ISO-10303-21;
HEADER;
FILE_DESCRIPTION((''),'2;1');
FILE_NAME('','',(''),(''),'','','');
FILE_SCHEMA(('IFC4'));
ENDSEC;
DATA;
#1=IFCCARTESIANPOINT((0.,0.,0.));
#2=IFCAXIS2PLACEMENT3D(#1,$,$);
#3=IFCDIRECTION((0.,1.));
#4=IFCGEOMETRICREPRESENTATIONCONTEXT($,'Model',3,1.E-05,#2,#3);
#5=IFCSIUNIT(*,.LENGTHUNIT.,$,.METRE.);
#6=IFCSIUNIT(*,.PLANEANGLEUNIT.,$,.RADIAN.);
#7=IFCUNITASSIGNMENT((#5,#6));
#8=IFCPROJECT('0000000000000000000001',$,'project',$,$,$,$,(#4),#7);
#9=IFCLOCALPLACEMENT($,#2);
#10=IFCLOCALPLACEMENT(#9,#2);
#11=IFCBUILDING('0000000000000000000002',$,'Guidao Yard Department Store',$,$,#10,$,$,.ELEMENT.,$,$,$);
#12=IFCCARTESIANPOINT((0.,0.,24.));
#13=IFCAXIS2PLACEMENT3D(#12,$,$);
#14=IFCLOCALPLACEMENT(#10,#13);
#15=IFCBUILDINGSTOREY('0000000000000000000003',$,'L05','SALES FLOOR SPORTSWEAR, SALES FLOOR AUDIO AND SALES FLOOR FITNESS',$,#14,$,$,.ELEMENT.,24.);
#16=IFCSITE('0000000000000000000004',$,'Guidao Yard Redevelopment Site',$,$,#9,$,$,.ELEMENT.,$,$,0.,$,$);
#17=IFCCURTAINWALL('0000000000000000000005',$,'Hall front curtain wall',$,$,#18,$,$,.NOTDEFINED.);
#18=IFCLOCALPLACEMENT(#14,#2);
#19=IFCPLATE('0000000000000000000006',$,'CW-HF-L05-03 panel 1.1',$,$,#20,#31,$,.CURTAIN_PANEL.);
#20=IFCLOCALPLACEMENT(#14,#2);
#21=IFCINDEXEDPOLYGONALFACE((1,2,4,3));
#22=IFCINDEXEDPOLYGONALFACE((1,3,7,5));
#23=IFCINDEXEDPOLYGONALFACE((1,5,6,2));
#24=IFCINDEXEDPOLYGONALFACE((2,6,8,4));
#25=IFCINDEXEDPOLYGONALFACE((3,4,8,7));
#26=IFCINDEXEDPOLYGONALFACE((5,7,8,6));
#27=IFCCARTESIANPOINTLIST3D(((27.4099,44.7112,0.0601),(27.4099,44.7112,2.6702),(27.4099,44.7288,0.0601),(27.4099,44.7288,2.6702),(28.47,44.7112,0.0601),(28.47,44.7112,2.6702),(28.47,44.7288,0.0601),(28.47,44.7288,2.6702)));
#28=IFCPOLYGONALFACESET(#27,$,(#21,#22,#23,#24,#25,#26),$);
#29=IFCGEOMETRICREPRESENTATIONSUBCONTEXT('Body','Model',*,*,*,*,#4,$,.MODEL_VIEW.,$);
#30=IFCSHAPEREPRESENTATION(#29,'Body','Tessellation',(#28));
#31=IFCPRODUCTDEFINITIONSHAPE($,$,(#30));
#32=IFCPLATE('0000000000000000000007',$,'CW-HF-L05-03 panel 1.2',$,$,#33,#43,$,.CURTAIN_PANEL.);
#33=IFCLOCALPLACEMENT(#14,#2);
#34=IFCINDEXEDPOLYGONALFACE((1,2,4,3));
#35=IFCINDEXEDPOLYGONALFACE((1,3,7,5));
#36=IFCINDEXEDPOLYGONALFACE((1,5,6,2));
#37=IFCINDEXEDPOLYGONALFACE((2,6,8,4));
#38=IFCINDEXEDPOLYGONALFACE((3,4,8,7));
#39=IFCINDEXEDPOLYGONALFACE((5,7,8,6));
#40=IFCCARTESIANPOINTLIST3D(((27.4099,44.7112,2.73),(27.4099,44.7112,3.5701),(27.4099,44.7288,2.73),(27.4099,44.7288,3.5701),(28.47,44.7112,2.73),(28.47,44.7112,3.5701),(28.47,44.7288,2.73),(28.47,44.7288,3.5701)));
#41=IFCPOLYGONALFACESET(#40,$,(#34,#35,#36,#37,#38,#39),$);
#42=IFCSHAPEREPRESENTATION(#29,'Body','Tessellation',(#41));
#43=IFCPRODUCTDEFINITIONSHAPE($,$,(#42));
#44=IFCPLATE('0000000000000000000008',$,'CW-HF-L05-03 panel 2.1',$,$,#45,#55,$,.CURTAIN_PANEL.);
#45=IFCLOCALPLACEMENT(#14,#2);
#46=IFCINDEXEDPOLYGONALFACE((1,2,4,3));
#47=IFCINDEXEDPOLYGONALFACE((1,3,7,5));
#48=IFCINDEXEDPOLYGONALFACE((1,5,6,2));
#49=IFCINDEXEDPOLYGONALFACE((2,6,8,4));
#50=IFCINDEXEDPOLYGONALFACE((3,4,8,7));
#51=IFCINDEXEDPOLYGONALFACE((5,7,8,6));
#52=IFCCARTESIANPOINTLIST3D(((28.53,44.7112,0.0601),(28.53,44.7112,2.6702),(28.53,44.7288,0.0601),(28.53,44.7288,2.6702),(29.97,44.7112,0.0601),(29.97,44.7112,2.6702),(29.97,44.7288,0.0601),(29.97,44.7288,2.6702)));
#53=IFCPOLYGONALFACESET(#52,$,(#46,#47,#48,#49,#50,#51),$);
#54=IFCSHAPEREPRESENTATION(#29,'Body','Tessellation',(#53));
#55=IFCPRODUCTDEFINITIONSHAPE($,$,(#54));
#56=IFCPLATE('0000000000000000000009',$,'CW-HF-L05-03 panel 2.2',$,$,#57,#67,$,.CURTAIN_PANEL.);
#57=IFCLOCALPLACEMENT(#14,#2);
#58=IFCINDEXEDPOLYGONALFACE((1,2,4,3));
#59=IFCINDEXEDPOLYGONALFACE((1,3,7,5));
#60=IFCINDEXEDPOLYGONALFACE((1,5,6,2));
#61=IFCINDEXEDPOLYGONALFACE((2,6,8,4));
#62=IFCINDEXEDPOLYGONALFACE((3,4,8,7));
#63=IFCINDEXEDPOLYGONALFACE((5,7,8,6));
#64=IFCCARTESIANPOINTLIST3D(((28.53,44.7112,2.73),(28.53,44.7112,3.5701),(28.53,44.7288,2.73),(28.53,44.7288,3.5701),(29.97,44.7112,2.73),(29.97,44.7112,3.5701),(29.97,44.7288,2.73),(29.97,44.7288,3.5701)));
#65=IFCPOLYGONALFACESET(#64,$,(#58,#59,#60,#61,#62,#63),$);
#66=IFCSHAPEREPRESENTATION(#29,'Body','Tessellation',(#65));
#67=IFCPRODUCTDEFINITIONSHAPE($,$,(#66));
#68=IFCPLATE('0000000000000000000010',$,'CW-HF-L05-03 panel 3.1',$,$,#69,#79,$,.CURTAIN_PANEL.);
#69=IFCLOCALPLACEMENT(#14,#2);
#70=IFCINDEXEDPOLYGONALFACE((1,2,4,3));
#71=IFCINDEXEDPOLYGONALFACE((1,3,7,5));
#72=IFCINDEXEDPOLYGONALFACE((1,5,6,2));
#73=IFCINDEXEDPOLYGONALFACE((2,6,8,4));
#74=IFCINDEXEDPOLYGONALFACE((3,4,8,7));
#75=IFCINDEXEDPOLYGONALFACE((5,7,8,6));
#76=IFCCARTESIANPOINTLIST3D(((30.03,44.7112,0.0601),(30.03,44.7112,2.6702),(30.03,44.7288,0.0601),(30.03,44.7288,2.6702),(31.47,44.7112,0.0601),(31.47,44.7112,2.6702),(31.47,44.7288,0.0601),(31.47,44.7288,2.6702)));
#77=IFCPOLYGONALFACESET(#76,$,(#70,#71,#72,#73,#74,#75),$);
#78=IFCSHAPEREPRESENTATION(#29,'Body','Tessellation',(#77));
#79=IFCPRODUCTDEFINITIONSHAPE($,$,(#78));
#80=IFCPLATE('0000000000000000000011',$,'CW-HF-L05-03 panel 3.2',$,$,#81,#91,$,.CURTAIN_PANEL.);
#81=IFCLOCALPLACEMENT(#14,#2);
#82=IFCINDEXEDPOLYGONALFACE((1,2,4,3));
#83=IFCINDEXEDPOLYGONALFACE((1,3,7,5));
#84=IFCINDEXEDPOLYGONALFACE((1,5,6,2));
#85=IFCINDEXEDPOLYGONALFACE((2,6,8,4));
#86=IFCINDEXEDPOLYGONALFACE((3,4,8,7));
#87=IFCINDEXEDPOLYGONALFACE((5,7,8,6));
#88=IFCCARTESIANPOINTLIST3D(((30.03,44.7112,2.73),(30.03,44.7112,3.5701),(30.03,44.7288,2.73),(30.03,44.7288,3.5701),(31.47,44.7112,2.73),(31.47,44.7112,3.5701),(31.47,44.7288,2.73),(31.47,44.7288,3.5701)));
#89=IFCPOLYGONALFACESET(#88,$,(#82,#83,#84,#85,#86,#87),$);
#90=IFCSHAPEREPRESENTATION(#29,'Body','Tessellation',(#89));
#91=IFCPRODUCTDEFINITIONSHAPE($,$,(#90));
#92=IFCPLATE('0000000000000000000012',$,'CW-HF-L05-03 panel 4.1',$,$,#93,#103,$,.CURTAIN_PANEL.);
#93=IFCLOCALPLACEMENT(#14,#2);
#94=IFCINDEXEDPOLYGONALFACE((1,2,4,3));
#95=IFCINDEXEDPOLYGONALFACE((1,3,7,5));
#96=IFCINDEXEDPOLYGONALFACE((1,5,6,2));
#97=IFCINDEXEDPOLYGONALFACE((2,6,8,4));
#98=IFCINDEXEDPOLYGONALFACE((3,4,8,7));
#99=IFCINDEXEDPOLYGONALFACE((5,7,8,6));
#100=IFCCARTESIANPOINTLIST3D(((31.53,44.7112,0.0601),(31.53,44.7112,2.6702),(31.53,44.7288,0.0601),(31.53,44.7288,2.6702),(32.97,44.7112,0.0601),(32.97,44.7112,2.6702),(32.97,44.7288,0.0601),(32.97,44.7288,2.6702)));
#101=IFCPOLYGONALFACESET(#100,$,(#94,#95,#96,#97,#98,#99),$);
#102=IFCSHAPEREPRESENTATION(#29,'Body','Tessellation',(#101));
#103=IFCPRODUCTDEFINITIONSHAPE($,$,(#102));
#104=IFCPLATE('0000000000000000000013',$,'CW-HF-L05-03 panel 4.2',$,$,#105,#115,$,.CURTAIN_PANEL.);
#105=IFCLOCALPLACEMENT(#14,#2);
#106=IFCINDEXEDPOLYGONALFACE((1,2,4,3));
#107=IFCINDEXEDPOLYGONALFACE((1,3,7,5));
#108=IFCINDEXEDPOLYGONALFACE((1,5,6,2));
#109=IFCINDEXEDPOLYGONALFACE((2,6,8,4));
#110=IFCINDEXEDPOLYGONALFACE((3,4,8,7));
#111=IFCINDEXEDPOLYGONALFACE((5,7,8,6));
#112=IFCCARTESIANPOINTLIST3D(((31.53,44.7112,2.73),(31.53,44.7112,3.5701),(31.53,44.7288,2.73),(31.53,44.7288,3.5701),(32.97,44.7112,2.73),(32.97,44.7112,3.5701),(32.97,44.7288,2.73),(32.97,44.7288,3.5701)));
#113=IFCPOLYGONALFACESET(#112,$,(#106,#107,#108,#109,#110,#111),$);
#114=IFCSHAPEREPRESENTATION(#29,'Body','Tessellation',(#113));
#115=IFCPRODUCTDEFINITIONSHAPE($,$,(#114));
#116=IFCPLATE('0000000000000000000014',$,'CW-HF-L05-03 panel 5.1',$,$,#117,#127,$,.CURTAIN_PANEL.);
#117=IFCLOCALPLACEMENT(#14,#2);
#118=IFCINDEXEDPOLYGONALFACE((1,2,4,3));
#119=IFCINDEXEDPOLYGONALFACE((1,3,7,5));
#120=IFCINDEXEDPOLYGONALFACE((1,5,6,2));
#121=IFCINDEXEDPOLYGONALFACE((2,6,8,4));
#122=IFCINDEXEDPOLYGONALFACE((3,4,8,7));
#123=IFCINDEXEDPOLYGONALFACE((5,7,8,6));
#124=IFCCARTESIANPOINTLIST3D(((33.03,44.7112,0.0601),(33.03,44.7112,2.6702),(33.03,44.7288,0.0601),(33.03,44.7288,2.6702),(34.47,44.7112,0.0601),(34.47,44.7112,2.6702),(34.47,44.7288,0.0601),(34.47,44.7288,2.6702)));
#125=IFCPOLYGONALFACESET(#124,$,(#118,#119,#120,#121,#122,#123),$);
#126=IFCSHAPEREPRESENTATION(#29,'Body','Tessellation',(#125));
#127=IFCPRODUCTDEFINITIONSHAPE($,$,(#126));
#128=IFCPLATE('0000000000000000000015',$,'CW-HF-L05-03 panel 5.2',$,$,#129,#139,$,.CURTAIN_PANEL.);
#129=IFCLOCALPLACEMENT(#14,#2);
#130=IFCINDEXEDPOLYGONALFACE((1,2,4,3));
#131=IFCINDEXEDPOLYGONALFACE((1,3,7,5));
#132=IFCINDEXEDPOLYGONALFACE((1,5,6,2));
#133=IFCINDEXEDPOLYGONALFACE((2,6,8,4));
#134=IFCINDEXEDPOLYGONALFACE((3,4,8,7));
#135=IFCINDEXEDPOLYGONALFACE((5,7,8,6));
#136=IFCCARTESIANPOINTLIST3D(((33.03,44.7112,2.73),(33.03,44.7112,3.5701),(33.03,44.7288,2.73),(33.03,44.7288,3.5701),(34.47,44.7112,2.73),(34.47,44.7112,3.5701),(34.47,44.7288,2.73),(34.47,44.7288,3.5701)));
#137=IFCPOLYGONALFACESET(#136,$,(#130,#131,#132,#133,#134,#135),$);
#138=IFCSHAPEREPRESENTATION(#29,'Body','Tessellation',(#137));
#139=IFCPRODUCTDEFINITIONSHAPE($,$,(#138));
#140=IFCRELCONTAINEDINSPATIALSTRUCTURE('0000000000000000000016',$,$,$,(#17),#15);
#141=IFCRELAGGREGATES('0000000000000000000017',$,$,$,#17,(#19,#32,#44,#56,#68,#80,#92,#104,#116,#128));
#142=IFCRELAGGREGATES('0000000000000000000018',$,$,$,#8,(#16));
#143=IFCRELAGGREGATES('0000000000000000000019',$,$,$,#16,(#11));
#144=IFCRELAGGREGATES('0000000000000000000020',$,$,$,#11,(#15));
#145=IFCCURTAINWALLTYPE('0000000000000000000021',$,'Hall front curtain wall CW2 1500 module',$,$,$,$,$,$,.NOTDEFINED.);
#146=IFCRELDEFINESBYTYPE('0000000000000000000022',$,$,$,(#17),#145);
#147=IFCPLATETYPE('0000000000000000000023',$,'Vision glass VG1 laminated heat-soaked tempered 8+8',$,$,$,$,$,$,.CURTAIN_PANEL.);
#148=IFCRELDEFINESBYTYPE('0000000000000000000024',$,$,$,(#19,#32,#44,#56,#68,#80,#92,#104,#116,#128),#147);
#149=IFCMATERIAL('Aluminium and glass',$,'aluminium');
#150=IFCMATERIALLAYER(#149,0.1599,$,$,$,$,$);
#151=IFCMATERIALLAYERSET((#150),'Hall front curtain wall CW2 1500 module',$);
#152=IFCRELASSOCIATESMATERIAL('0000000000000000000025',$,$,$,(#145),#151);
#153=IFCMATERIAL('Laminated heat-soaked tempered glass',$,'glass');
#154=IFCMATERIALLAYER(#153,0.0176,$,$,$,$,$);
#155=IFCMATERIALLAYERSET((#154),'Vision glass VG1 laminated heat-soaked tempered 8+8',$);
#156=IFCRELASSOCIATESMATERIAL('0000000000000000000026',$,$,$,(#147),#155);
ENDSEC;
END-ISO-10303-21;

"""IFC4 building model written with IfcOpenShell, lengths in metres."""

from ifc_helpers import new_model, si_unit, direction, frame, origin, origin_2d, place, context, subcontext, project, spatial, rectangle, extrude, material, layer, layer_set, type_object, element, aggregate, save


model = new_model("IFC4")

# Units and contexts
model_context = context("Model", 3, precision=1e-05, world=origin(), true_north=direction((0.0, 1.0)))
body_context = subcontext(model_context, "Body", "Model", "MODEL_VIEW")
ifc_project = project(units=[si_unit("LENGTHUNIT", "METRE"), si_unit("PLANEANGLEUNIT", "RADIAN")], contexts=[model_context])

# Site, building, storey
site_placement = place(None, origin())
site = spatial("IfcSite", under=ifc_project, at=site_placement, Name="Guidao Yard Redevelopment Site", CompositionType="ELEMENT", RefElevation=0.0)
building_placement = place(site_placement, origin())
building = spatial("IfcBuilding", under=site, at=building_placement, Name="Guidao Yard Department Store", CompositionType="ELEMENT")
storey_placement = place(building_placement, frame((0.0, 0.0, 24.0)))
storey = spatial("IfcBuildingStorey", under=building, at=storey_placement, Name="L05", Description="SALES FLOOR SPORTSWEAR, SALES FLOOR AUDIO AND SALES FLOOR FITNESS", CompositionType="ELEMENT", Elevation=24.0)

# Curtain wall, plates
ifc_material_1 = material(Name="Aluminium and glass", Category="aluminium")
ifc_layer_1 = layer(ifc_material_1, 0.1599)
ifc_layer_set_1 = layer_set([ifc_layer_1], Name="Hall front curtain wall CW2 1500 module")
curtain_wall_type = type_object("IfcCurtainWallType", Name="Hall front curtain wall CW2 1500 module", PredefinedType="NOTDEFINED", material=ifc_layer_set_1)
curtain_wall_placement = place(storey_placement, origin())
curtain_wall = element("IfcCurtainWall", 1, at=curtain_wall_placement, inside=storey, type_object=curtain_wall_type, Name="Hall front curtain wall", PredefinedType="NOTDEFINED")
ifc_material_2 = material(Name="Laminated heat-soaked tempered glass", Category="glass")
ifc_layer_2 = layer(ifc_material_2, 0.0176)
ifc_layer_set_2 = layer_set([ifc_layer_2], Name="Vision glass VG1 laminated heat-soaked tempered 8+8")
plate_type_1 = type_object("IfcPlateType", Name="Vision glass VG1 laminated heat-soaked tempered 8+8", PredefinedType="CURTAIN_PANEL", material=ifc_layer_set_2)
plate_1_placement = place(storey_placement, frame((27.9399, 44.72, 0.0601), z_axis=(0.0, 0.0, 1.0), x_axis=(-1.0, 0.0, 0.0)))
plate_1 = element("IfcPlate", 2, at=plate_1_placement, type_object=plate_type_1, Name="CW-HF-L05-03 panel 1.1", PredefinedType="CURTAIN_PANEL", context=body_context, shape_type="SweptSolid", body=[
    extrude(rectangle(XDim=1.0601, YDim=0.0176, at=origin_2d()), origin(), (0.0, 0.0, 1.0), 2.6101),
])
plate_2_placement = place(storey_placement, frame((27.9399, 44.72, 2.73), z_axis=(0.0, 0.0, 1.0), x_axis=(-1.0, 0.0, 0.0)))
plate_2 = element("IfcPlate", 3, at=plate_2_placement, type_object=plate_type_1, Name="CW-HF-L05-03 panel 1.2", PredefinedType="CURTAIN_PANEL", context=body_context, shape_type="SweptSolid", body=[
    extrude(rectangle(XDim=1.0601, YDim=0.0176, at=origin_2d()), origin(), (0.0, 0.0, 1.0), 0.8401),
])
plate_3_placement = place(storey_placement, frame((29.25, 44.72, 0.0601), z_axis=(0.0, 0.0, 1.0), x_axis=(-1.0, 0.0, 0.0)))
plate_3 = element("IfcPlate", 4, at=plate_3_placement, type_object=plate_type_1, Name="CW-HF-L05-03 panel 2.1", PredefinedType="CURTAIN_PANEL", context=body_context, shape_type="SweptSolid", body=[
    extrude(rectangle(XDim=1.4399, YDim=0.0176, at=origin_2d()), origin(), (0.0, 0.0, 1.0), 2.6101),
])
plate_4_placement = place(storey_placement, frame((29.25, 44.72, 2.73), z_axis=(0.0, 0.0, 1.0), x_axis=(-1.0, 0.0, 0.0)))
plate_4 = element("IfcPlate", 5, at=plate_4_placement, type_object=plate_type_1, Name="CW-HF-L05-03 panel 2.2", PredefinedType="CURTAIN_PANEL", context=body_context, shape_type="SweptSolid", body=[
    extrude(rectangle(XDim=1.4399, YDim=0.0176, at=origin_2d()), origin(), (0.0, 0.0, 1.0), 0.8401),
])
plate_5_placement = place(storey_placement, frame((30.75, 44.72, 0.0601), z_axis=(0.0, 0.0, 1.0), x_axis=(-1.0, 0.0, 0.0)))
plate_5 = element("IfcPlate", 6, at=plate_5_placement, type_object=plate_type_1, Name="CW-HF-L05-03 panel 3.1", PredefinedType="CURTAIN_PANEL", context=body_context, shape_type="SweptSolid", body=[
    extrude(rectangle(XDim=1.4399, YDim=0.0176, at=origin_2d()), origin(), (0.0, 0.0, 1.0), 2.6101),
])
plate_6_placement = place(storey_placement, frame((30.75, 44.72, 2.73), z_axis=(0.0, 0.0, 1.0), x_axis=(-1.0, 0.0, 0.0)))
plate_6 = element("IfcPlate", 7, at=plate_6_placement, type_object=plate_type_1, Name="CW-HF-L05-03 panel 3.2", PredefinedType="CURTAIN_PANEL", context=body_context, shape_type="SweptSolid", body=[
    extrude(rectangle(XDim=1.4399, YDim=0.0176, at=origin_2d()), origin(), (0.0, 0.0, 1.0), 0.8401),
])
plate_7_placement = place(storey_placement, frame((32.25, 44.72, 0.0601), z_axis=(0.0, 0.0, 1.0), x_axis=(-1.0, 0.0, 0.0)))
plate_7 = element("IfcPlate", 8, at=plate_7_placement, type_object=plate_type_1, Name="CW-HF-L05-03 panel 4.1", PredefinedType="CURTAIN_PANEL", context=body_context, shape_type="SweptSolid", body=[
    extrude(rectangle(XDim=1.4399, YDim=0.0176, at=origin_2d()), origin(), (0.0, 0.0, 1.0), 2.6101),
])
plate_8_placement = place(storey_placement, frame((32.25, 44.72, 2.73), z_axis=(0.0, 0.0, 1.0), x_axis=(-1.0, 0.0, 0.0)))
plate_8 = element("IfcPlate", 9, at=plate_8_placement, type_object=plate_type_1, Name="CW-HF-L05-03 panel 4.2", PredefinedType="CURTAIN_PANEL", context=body_context, shape_type="SweptSolid", body=[
    extrude(rectangle(XDim=1.4399, YDim=0.0176, at=origin_2d()), origin(), (0.0, 0.0, 1.0), 0.8401),
])
plate_9_placement = place(storey_placement, frame((33.75, 44.72, 0.0601), z_axis=(0.0, 0.0, 1.0), x_axis=(-1.0, 0.0, 0.0)))
plate_9 = element("IfcPlate", 10, at=plate_9_placement, type_object=plate_type_1, Name="CW-HF-L05-03 panel 5.1", PredefinedType="CURTAIN_PANEL", context=body_context, shape_type="SweptSolid", body=[
    extrude(rectangle(XDim=1.4399, YDim=0.0176, at=origin_2d()), origin(), (0.0, 0.0, 1.0), 2.6101),
])
plate_10_placement = place(storey_placement, frame((33.75, 44.72, 2.73), z_axis=(0.0, 0.0, 1.0), x_axis=(-1.0, 0.0, 0.0)))
plate_10 = element("IfcPlate", 11, at=plate_10_placement, type_object=plate_type_1, Name="CW-HF-L05-03 panel 5.2", PredefinedType="CURTAIN_PANEL", context=body_context, shape_type="SweptSolid", body=[
    extrude(rectangle(XDim=1.4399, YDim=0.0176, at=origin_2d()), origin(), (0.0, 0.0, 1.0), 0.8401),
])
aggregate(curtain_wall, [plate_1, plate_2, plate_3, plate_4, plate_5, plate_6, plate_7, plate_8, plate_9, plate_10])

save(model, "model.ifc")
